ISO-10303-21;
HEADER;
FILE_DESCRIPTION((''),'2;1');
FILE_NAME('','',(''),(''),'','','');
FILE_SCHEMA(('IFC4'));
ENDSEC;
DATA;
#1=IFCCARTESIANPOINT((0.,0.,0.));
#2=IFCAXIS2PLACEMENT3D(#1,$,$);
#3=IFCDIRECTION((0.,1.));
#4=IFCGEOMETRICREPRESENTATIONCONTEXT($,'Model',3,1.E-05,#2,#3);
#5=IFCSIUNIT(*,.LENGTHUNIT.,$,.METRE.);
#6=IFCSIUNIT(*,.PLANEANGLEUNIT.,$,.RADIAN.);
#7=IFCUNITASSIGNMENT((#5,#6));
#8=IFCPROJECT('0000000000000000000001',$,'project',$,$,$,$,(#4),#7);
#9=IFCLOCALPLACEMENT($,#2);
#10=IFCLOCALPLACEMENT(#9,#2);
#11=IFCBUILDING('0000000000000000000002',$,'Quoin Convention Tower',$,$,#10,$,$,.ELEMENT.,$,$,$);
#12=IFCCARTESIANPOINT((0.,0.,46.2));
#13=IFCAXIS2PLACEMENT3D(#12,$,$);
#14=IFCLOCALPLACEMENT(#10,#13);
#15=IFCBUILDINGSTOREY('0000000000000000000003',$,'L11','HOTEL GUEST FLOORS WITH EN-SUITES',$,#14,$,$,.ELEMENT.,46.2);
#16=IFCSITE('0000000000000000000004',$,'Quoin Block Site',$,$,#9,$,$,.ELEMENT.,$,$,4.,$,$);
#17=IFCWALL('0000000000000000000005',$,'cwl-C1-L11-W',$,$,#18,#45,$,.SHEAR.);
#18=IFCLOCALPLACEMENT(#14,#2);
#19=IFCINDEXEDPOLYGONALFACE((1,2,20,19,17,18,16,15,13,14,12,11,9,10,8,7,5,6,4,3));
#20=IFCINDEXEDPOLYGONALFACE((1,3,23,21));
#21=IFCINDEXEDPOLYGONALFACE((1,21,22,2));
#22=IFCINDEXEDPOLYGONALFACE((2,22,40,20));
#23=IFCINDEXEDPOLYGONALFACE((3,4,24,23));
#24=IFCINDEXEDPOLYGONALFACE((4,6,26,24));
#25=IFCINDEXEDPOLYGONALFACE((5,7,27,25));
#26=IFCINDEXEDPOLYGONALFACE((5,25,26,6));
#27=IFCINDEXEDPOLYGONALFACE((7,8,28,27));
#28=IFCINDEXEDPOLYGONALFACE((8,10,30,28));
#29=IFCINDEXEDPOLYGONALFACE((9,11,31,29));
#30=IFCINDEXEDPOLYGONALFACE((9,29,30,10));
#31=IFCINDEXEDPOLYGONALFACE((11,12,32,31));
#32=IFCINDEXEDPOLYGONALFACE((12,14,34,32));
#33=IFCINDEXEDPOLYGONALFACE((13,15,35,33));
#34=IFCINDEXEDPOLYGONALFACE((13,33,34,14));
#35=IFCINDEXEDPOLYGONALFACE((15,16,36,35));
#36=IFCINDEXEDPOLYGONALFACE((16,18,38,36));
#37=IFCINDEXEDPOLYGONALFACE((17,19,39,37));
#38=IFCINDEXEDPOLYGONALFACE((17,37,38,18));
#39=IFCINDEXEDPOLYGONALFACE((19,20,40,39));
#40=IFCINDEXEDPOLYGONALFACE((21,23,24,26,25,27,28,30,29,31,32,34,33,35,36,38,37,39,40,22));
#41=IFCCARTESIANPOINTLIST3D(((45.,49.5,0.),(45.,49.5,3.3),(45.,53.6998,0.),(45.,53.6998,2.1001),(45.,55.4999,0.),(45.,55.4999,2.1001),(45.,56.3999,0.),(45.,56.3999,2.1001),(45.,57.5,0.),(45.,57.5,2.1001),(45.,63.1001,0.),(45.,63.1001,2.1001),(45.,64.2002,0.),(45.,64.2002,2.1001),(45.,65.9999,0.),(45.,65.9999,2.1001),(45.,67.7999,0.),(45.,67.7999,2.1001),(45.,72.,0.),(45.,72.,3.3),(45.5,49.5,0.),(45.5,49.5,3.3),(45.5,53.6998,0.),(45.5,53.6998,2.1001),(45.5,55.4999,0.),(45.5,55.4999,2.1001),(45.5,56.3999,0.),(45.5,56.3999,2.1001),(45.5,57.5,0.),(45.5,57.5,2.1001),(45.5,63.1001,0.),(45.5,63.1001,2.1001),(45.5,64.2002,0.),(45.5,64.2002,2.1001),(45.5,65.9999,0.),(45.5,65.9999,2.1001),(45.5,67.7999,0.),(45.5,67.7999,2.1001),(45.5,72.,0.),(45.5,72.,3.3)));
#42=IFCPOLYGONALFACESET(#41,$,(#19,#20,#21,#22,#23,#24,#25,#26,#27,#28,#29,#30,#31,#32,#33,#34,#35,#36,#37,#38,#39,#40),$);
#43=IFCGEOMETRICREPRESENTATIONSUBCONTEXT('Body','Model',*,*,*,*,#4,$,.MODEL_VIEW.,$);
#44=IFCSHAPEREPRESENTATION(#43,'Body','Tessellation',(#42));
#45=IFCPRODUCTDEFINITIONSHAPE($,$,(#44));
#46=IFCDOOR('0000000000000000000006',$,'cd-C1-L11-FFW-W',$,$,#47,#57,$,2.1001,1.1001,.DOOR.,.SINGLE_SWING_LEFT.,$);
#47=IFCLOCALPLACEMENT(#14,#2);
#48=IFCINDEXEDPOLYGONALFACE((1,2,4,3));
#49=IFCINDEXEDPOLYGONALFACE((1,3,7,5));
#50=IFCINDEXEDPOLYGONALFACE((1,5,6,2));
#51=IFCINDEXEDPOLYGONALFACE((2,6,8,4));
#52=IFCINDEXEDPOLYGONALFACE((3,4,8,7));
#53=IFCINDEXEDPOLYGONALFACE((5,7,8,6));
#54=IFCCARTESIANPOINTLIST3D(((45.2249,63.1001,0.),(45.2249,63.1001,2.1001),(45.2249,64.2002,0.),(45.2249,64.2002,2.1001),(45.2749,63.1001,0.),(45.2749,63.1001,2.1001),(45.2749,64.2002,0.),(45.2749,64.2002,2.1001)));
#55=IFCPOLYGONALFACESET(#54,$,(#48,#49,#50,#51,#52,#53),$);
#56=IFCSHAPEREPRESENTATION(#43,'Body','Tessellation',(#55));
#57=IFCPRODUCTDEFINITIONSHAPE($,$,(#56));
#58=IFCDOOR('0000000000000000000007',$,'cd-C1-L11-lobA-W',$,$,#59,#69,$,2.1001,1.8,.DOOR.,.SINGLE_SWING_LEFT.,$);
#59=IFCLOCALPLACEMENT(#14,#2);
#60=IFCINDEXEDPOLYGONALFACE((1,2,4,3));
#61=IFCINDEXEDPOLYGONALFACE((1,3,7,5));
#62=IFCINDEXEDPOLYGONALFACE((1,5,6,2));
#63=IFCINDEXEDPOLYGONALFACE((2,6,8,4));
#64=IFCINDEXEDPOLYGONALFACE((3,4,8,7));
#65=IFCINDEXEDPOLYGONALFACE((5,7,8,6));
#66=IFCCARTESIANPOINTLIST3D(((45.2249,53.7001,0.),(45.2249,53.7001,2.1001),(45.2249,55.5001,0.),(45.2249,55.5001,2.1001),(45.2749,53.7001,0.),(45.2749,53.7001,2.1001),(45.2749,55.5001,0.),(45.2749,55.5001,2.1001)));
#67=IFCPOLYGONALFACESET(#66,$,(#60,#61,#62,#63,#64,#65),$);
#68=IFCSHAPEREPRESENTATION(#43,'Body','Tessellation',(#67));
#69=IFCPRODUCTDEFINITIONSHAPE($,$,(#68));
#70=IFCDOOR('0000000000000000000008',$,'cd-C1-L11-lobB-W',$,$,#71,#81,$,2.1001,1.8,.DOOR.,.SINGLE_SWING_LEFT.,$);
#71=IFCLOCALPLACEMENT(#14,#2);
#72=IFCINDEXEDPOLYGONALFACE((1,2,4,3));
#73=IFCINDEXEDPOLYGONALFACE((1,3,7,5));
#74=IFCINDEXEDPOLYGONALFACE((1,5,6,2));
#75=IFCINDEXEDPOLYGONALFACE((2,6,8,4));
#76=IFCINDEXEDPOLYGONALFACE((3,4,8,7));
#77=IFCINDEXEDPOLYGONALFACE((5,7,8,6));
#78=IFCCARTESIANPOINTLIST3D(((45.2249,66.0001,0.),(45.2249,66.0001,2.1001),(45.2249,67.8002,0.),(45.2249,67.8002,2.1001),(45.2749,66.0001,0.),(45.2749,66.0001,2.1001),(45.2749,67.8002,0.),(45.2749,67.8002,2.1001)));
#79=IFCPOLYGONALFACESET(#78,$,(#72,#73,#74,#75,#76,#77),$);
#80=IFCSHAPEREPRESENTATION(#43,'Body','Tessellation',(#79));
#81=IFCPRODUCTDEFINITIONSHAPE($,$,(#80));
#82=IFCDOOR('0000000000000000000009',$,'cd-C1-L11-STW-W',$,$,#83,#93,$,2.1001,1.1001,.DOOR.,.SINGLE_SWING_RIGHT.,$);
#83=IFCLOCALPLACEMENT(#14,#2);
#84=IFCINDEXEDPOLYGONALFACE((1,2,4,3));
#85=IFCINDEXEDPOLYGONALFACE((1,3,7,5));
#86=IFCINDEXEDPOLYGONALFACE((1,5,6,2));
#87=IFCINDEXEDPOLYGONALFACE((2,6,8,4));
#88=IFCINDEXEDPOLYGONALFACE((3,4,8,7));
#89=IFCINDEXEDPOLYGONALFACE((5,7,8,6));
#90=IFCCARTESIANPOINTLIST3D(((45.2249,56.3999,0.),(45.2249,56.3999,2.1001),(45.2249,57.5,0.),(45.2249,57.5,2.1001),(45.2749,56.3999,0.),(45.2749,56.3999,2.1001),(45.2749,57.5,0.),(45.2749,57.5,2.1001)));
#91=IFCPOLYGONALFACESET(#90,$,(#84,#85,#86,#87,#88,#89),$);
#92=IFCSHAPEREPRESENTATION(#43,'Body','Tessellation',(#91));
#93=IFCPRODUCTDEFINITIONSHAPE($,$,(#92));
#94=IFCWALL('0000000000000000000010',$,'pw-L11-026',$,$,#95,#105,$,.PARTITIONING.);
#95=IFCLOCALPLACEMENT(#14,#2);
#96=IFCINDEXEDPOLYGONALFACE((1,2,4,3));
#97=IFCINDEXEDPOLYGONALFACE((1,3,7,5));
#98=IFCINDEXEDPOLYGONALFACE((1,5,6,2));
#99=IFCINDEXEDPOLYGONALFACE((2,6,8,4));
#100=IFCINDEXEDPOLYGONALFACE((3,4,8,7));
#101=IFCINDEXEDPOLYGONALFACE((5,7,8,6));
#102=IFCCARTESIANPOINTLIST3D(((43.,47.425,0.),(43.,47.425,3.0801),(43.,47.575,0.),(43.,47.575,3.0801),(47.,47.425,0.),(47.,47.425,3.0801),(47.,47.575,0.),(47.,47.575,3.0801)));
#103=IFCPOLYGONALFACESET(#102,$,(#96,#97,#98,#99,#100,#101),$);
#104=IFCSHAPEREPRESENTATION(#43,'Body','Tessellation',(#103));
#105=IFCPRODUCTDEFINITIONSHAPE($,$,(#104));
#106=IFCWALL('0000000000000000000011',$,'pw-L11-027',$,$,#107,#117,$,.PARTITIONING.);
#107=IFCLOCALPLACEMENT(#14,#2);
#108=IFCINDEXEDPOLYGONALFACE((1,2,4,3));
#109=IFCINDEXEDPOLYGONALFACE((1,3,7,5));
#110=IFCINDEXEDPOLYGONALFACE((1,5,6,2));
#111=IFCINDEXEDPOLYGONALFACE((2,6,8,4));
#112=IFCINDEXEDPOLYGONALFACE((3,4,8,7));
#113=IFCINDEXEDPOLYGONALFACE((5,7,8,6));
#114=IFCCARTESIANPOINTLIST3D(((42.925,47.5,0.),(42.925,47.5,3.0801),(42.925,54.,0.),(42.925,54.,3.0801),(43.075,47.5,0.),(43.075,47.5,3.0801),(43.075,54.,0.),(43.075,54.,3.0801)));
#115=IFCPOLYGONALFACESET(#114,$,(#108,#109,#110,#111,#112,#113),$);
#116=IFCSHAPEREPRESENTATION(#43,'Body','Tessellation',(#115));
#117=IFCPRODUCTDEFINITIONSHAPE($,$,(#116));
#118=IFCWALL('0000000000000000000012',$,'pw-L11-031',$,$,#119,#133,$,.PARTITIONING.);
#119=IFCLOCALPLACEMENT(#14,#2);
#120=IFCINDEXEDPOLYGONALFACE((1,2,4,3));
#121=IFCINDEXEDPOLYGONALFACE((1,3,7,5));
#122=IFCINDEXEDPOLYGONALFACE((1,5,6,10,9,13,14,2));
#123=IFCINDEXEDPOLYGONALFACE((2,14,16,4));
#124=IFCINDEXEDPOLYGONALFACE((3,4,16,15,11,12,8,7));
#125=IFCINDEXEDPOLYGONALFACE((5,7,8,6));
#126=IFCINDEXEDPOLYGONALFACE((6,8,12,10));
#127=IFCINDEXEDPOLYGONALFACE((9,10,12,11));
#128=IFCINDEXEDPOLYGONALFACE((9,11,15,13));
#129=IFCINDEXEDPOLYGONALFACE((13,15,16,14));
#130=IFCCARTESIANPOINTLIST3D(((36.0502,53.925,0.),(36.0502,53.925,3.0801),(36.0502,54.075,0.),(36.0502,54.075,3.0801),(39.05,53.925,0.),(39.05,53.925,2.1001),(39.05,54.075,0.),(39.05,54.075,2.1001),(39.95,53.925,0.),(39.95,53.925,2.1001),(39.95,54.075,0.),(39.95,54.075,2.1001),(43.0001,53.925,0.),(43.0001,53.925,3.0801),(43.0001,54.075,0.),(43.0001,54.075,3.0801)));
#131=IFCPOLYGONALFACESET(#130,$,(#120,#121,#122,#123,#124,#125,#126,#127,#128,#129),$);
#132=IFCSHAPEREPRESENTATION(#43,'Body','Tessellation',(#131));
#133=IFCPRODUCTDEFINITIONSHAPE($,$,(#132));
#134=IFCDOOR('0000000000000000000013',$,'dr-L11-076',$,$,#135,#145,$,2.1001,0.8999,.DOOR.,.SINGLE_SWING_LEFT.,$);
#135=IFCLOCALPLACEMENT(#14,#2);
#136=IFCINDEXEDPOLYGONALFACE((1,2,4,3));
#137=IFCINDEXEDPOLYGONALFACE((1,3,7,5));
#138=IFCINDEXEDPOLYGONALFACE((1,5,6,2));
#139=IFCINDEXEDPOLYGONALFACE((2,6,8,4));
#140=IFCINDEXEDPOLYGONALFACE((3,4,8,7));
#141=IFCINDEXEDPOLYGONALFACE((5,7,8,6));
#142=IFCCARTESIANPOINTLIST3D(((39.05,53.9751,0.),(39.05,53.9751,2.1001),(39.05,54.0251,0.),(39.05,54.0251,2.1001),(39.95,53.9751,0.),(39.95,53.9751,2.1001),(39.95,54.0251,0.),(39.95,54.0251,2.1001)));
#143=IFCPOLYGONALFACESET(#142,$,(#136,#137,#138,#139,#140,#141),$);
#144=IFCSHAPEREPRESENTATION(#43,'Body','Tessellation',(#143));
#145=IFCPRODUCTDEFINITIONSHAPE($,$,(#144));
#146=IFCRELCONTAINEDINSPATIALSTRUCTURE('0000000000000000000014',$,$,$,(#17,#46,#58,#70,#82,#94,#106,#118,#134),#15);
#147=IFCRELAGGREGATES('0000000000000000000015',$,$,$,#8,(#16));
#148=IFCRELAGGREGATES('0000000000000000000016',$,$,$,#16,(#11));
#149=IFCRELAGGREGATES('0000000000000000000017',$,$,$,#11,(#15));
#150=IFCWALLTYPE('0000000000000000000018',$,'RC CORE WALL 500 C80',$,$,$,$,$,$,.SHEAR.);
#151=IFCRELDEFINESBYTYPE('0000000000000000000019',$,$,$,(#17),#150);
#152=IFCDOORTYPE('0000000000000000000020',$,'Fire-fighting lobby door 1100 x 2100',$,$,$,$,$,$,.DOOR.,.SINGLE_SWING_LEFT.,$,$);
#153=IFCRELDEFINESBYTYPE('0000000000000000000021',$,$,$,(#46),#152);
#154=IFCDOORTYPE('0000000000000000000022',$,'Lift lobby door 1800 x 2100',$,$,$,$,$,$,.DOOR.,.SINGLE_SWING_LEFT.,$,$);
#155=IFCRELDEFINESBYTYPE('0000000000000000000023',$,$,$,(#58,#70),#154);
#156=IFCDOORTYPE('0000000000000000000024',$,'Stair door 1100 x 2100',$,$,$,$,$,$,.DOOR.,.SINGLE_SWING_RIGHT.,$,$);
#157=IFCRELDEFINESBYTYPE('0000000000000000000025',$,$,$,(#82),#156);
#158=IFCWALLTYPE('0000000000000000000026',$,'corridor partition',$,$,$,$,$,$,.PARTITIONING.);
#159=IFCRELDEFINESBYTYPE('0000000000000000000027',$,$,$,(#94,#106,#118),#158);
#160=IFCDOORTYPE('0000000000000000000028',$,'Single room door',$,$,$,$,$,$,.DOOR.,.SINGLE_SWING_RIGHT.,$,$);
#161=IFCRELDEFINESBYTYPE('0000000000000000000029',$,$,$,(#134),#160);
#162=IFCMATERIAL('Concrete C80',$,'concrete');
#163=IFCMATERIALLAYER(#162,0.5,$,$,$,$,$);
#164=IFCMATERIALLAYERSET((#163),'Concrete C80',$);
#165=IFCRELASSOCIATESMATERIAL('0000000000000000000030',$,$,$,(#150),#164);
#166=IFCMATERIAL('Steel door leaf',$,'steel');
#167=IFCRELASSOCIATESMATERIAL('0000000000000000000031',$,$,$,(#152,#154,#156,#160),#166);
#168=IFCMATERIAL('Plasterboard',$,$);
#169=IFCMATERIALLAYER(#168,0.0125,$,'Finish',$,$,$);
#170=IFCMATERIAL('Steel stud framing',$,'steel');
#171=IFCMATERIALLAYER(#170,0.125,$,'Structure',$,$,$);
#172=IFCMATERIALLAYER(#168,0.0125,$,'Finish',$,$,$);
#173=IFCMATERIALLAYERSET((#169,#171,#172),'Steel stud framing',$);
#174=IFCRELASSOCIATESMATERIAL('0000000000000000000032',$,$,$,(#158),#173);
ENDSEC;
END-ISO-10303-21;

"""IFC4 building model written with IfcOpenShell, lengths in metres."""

from ifc_helpers import new_model, si_unit, direction, frame, frame_2d, origin, place, context, subcontext, project, spatial, rectangle, extrude, material, layer, layer_set, type_object, element, fill, save


model = new_model("IFC4")

# Units and contexts
model_context = context("Model", 3, precision=1e-05, world=origin(), true_north=direction((0.0, 1.0)))
body_context = subcontext(model_context, "Body", "Model", "MODEL_VIEW")
ifc_project = project(units=[si_unit("LENGTHUNIT", "METRE"), si_unit("PLANEANGLEUNIT", "RADIAN")], contexts=[model_context])

# Site, building, storey
site_placement = place(None, origin())
site = spatial("IfcSite", under=ifc_project, at=site_placement, Name="Quoin Block Site", CompositionType="ELEMENT", RefElevation=4.0)
building_placement = place(site_placement, origin())
building = spatial("IfcBuilding", under=site, at=building_placement, Name="Quoin Convention Tower", CompositionType="ELEMENT")
storey_placement = place(building_placement, frame((0.0, 0.0, 46.2)))
storey = spatial("IfcBuildingStorey", under=building, at=storey_placement, Name="L11", Description="HOTEL GUEST FLOORS WITH EN-SUITES", CompositionType="ELEMENT", Elevation=46.2)

# Shared definitions
ifc_material_1 = material(Name="Concrete C80", Category="concrete")

# Shared definitions
ifc_material_2 = material(Name="Plasterboard")
ifc_material_3 = material(Name="Steel stud framing", Category="steel")
ifc_material_4 = material(Name="Steel door leaf", Category="steel")

# Shared definitions
ifc_layer_1 = layer(ifc_material_1, 0.5)
ifc_layer_set_1 = layer_set([ifc_layer_1], Name="Concrete C80")
wall_type_1 = type_object("IfcWallType", Name="RC CORE WALL 500 C80", PredefinedType="SHEAR", material=ifc_layer_set_1)

# Wall, openings, doors
wall_1_placement = place(storey_placement, frame((45.25, 49.5, 0.0), z_axis=(0.0, 0.0, 1.0), x_axis=(0.0, 1.0, 0.0)))
wall_1 = element("IfcWall", 1, at=wall_1_placement, inside=storey, type_object=wall_type_1, Name="cwl-C1-L11-W", PredefinedType="SHEAR", context=body_context, shape_type="SweptSolid", body=[
    extrude(rectangle(XDim=22.5, YDim=0.5, at=frame_2d((11.25, 0.0))), origin(), (0.0, 0.0, 1.0), 3.3),
])
opening_1_placement = place(wall_1_placement, frame((4.2, 0.0, 0.0)))
opening_1 = element("IfcOpeningElement", 2, at=opening_1_placement, cuts=wall_1, PredefinedType="OPENING", context=body_context, shape_type="SweptSolid", body=[
    extrude(rectangle(XDim=1.8, YDim=2.1001, at=frame_2d((0.8999, 1.05))), frame((0.0, 0.26, 0.0), z_axis=(0.0, -1.0, 0.0), x_axis=(1.0, 0.0, 0.0)), (0.0, 0.0, 1.0), 0.52),
])
opening_2_placement = place(wall_1_placement, frame((6.8999, 0.0, 0.0)))
opening_2 = element("IfcOpeningElement", 3, at=opening_2_placement, cuts=wall_1, PredefinedType="OPENING", context=body_context, shape_type="SweptSolid", body=[
    extrude(rectangle(XDim=1.1001, YDim=2.1001, at=frame_2d((0.55, 1.05))), frame((0.0, 0.26, 0.0), z_axis=(0.0, -1.0, 0.0), x_axis=(1.0, 0.0, 0.0)), (0.0, 0.0, 1.0), 0.52),
])
opening_3_placement = place(wall_1_placement, frame((13.6001, 0.0, 0.0)))
opening_3 = element("IfcOpeningElement", 4, at=opening_3_placement, cuts=wall_1, PredefinedType="OPENING", context=body_context, shape_type="SweptSolid", body=[
    extrude(rectangle(XDim=1.1001, YDim=2.1001, at=frame_2d((0.55, 1.05))), frame((0.0, 0.26, 0.0), z_axis=(0.0, -1.0, 0.0), x_axis=(1.0, 0.0, 0.0)), (0.0, 0.0, 1.0), 0.52),
])
opening_4_placement = place(wall_1_placement, frame((16.5, 0.0, 0.0)))
opening_4 = element("IfcOpeningElement", 5, at=opening_4_placement, cuts=wall_1, PredefinedType="OPENING", context=body_context, shape_type="SweptSolid", body=[
    extrude(rectangle(XDim=1.8, YDim=2.1001, at=frame_2d((0.8999, 1.05))), frame((0.0, 0.26, 0.0), z_axis=(0.0, -1.0, 0.0), x_axis=(1.0, 0.0, 0.0)), (0.0, 0.0, 1.0), 0.52),
])
door_type_1 = type_object("IfcDoorType", Name="Fire-fighting lobby door 1100 x 2100", OperationType="SINGLE_SWING_LEFT", PredefinedType="DOOR", material=ifc_material_4)
door_1_placement = place(opening_3_placement, frame((1.1001, 0.0, 0.0), z_axis=(0.0, 0.0, 1.0), x_axis=(-1.0, 0.0, 0.0)))
door_1 = element("IfcDoor", 6, at=door_1_placement, inside=storey, type_object=door_type_1, Name="cd-C1-L11-FFW-W", OperationType="SINGLE_SWING_LEFT", OverallHeight=2.1001, OverallWidth=1.1001, PredefinedType="DOOR", context=body_context, shape_type="SweptSolid", body=[
    extrude(rectangle(XDim=1.1001, YDim=2.1001, at=frame_2d((0.55, 1.05))), frame((0.0, 0.0249, 0.0), z_axis=(0.0, -1.0, 0.0), x_axis=(1.0, 0.0, 0.0)), (0.0, 0.0, 1.0), 0.05),
])
fill(opening_3, door_1)
door_type_2 = type_object("IfcDoorType", Name="Lift lobby door 1800 x 2100", OperationType="SINGLE_SWING_LEFT", PredefinedType="DOOR", material=ifc_material_4)
door_2_placement = place(opening_1_placement, frame((1.8, 0.0, 0.0), z_axis=(0.0, 0.0, 1.0), x_axis=(-1.0, 0.0, 0.0)))
door_2 = element("IfcDoor", 7, at=door_2_placement, inside=storey, type_object=door_type_2, Name="cd-C1-L11-lobA-W", OperationType="SINGLE_SWING_LEFT", OverallHeight=2.1001, OverallWidth=1.8, PredefinedType="DOOR", context=body_context, shape_type="SweptSolid", body=[
    extrude(rectangle(XDim=1.8, YDim=2.1001, at=frame_2d((0.8999, 1.05))), frame((0.0, 0.0249, 0.0), z_axis=(0.0, -1.0, 0.0), x_axis=(1.0, 0.0, 0.0)), (0.0, 0.0, 1.0), 0.05),
])
fill(opening_1, door_2)
door_3_placement = place(opening_4_placement, frame((1.8, 0.0, 0.0), z_axis=(0.0, 0.0, 1.0), x_axis=(-1.0, 0.0, 0.0)))
door_3 = element("IfcDoor", 8, at=door_3_placement, inside=storey, type_object=door_type_2, Name="cd-C1-L11-lobB-W", OperationType="SINGLE_SWING_LEFT", OverallHeight=2.1001, OverallWidth=1.8, PredefinedType="DOOR", context=body_context, shape_type="SweptSolid", body=[
    extrude(rectangle(XDim=1.8, YDim=2.1001, at=frame_2d((0.8999, 1.05))), frame((0.0, 0.0249, 0.0), z_axis=(0.0, -1.0, 0.0), x_axis=(1.0, 0.0, 0.0)), (0.0, 0.0, 1.0), 0.05),
])
fill(opening_4, door_3)
door_type_3 = type_object("IfcDoorType", Name="Stair door 1100 x 2100", OperationType="SINGLE_SWING_RIGHT", PredefinedType="DOOR", material=ifc_material_4)
door_4_placement = place(opening_2_placement, frame((1.1001, 0.0, 0.0), z_axis=(0.0, 0.0, 1.0), x_axis=(-1.0, 0.0, 0.0)))
door_4 = element("IfcDoor", 9, at=door_4_placement, inside=storey, type_object=door_type_3, Name="cd-C1-L11-STW-W", OperationType="SINGLE_SWING_RIGHT", OverallHeight=2.1001, OverallWidth=1.1001, PredefinedType="DOOR", context=body_context, shape_type="SweptSolid", body=[
    extrude(rectangle(XDim=1.1001, YDim=2.1001, at=frame_2d((0.55, 1.05))), frame((0.0, 0.0249, 0.0), z_axis=(0.0, -1.0, 0.0), x_axis=(1.0, 0.0, 0.0)), (0.0, 0.0, 1.0), 0.05),
])
fill(opening_2, door_4)

# Walls
ifc_layer_2 = layer(ifc_material_2, 0.0125, Name="Finish")
ifc_layer_3 = layer(ifc_material_3, 0.125, Name="Structure")
ifc_layer_4 = layer(ifc_material_2, 0.0125, Name="Finish")
ifc_layer_set_2 = layer_set([ifc_layer_2, ifc_layer_3, ifc_layer_4], Name="Steel stud framing")
wall_type_2 = type_object("IfcWallType", Name="corridor partition", PredefinedType="PARTITIONING", material=ifc_layer_set_2)
wall_2_placement = place(storey_placement, frame((43.0, 47.5, 0.0), z_axis=(0.0, 0.0, 1.0), x_axis=(1.0, 0.0, 0.0)))
element("IfcWall", 10, at=wall_2_placement, inside=storey, type_object=wall_type_2, Name="pw-L11-026", PredefinedType="PARTITIONING", context=body_context, shape_type="SweptSolid", body=[
    extrude(rectangle(XDim=4.0, YDim=0.1499, at=frame_2d((2.0, 0.0))), origin(), (0.0, 0.0, 1.0), 3.0801),
])
wall_3_placement = place(storey_placement, frame((43.0, 47.5, 0.0), z_axis=(0.0, 0.0, 1.0), x_axis=(0.0, 1.0, 0.0)))
element("IfcWall", 11, at=wall_3_placement, inside=storey, type_object=wall_type_2, Name="pw-L11-027", PredefinedType="PARTITIONING", context=body_context, shape_type="SweptSolid", body=[
    extrude(rectangle(XDim=6.5, YDim=0.1499, at=frame_2d((3.25, 0.0))), origin(), (0.0, 0.0, 1.0), 3.0801),
])

# Wall, opening, door
wall_4_placement = place(storey_placement, frame((36.05, 54.0, 0.0), z_axis=(0.0, 0.0, 1.0), x_axis=(1.0, 0.0, 0.0)))
wall_4 = element("IfcWall", 12, at=wall_4_placement, inside=storey, type_object=wall_type_2, Name="pw-L11-031", PredefinedType="PARTITIONING", context=body_context, shape_type="SweptSolid", body=[
    extrude(rectangle(XDim=6.95, YDim=0.1499, at=frame_2d((3.4751, 0.0))), origin(), (0.0, 0.0, 1.0), 3.0801),
])
opening_5_placement = place(wall_4_placement, frame((3.0, 0.0, 0.0)))
opening_5 = element("IfcOpeningElement", 13, at=opening_5_placement, cuts=wall_4, PredefinedType="OPENING", context=body_context, shape_type="SweptSolid", body=[
    extrude(rectangle(XDim=0.8999, YDim=2.1001, at=frame_2d((0.45, 1.05))), frame((0.0, 0.085, 0.0), z_axis=(0.0, -1.0, 0.0), x_axis=(1.0, 0.0, 0.0)), (0.0, 0.0, 1.0), 0.1699),
])
door_type_4 = type_object("IfcDoorType", Name="Single room door", OperationType="SINGLE_SWING_RIGHT", PredefinedType="DOOR", material=ifc_material_4)
door_5_placement = place(opening_5_placement, frame((0.8999, 0.0, 0.0), z_axis=(0.0, 0.0, 1.0), x_axis=(-1.0, 0.0, 0.0)))
door_5 = element("IfcDoor", 14, at=door_5_placement, inside=storey, type_object=door_type_4, Name="dr-L11-076", OperationType="SINGLE_SWING_LEFT", OverallHeight=2.1001, OverallWidth=0.8999, PredefinedType="DOOR", context=body_context, shape_type="SweptSolid", body=[
    extrude(rectangle(XDim=0.8999, YDim=2.1001, at=frame_2d((0.45, 1.05))), frame((0.0, 0.0249, 0.0), z_axis=(0.0, -1.0, 0.0), x_axis=(1.0, 0.0, 0.0)), (0.0, 0.0, 1.0), 0.05),
])
fill(opening_5, door_5)

save(model, "model.ifc")
